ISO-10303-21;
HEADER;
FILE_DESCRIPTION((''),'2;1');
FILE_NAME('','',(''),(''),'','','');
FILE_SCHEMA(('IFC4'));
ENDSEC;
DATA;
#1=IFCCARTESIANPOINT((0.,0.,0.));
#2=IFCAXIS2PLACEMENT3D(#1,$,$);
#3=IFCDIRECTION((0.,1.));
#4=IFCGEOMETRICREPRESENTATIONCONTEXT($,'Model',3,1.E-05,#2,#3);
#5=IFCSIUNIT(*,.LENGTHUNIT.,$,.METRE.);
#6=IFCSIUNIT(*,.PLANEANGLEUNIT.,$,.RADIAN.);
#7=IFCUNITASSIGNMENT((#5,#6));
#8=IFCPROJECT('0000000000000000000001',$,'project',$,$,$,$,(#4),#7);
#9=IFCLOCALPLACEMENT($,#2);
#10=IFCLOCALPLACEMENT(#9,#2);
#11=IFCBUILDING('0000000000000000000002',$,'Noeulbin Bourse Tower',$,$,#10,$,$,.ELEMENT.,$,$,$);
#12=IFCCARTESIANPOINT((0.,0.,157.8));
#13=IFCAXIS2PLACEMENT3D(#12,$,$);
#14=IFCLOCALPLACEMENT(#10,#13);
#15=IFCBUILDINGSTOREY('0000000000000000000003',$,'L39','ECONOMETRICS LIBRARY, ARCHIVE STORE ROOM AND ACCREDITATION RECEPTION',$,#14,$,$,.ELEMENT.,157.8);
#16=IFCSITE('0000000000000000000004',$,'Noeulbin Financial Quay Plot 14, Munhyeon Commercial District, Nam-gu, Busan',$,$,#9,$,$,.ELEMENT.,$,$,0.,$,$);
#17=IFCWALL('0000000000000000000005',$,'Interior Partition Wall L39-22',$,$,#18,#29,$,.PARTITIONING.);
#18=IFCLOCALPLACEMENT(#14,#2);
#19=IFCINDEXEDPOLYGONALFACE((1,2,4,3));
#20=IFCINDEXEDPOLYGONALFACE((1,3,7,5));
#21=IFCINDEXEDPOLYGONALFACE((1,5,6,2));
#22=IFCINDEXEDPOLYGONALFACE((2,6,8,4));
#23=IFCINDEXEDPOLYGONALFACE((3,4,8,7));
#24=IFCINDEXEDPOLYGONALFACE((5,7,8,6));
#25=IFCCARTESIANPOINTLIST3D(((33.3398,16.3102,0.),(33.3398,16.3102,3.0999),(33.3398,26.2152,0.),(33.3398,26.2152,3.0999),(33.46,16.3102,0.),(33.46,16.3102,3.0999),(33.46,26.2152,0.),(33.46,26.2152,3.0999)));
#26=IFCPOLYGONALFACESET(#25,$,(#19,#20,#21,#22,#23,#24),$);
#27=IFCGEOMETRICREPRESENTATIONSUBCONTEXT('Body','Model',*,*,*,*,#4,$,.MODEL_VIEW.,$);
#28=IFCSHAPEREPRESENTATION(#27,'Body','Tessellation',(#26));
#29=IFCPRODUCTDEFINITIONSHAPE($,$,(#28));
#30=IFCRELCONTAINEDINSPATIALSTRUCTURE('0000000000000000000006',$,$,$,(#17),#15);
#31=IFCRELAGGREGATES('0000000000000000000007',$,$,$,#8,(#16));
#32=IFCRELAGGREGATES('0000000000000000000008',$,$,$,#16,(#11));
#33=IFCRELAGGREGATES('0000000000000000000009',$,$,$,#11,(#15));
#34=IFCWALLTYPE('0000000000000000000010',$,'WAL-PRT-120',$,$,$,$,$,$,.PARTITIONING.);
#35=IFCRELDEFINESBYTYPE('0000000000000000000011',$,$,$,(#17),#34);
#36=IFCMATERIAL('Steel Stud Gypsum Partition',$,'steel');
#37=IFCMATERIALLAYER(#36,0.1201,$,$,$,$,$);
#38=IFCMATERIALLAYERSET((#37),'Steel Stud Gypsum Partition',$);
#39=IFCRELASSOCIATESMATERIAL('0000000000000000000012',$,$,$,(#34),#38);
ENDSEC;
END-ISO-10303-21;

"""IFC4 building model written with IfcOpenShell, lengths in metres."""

from ifc_helpers import new_model, si_unit, direction, frame, frame_2d, origin, place, context, subcontext, project, spatial, rectangle, extrude, material, layer, layer_set, type_object, element, save


model = new_model("IFC4")

# Units and contexts
model_context = context("Model", 3, precision=1e-05, world=origin(), true_north=direction((0.0, 1.0)))
body_context = subcontext(model_context, "Body", "Model", "MODEL_VIEW")
ifc_project = project(units=[si_unit("LENGTHUNIT", "METRE"), si_unit("PLANEANGLEUNIT", "RADIAN")], contexts=[model_context])

# Site, building, storey
site_placement = place(None, origin())
site = spatial("IfcSite", under=ifc_project, at=site_placement, Name="Noeulbin Financial Quay Plot 14, Munhyeon Commercial District, Nam-gu, Busan", CompositionType="ELEMENT", RefElevation=0.0)
building_placement = place(site_placement, origin())
building = spatial("IfcBuilding", under=site, at=building_placement, Name="Noeulbin Bourse Tower", CompositionType="ELEMENT")
storey_placement = place(building_placement, frame((0.0, 0.0, 157.8)))
storey = spatial("IfcBuildingStorey", under=building, at=storey_placement, Name="L39", Description="ECONOMETRICS LIBRARY, ARCHIVE STORE ROOM AND ACCREDITATION RECEPTION", CompositionType="ELEMENT", Elevation=157.8)

# Wall
ifc_material_1 = material(Name="Steel Stud Gypsum Partition", Category="steel")
ifc_layer_1 = layer(ifc_material_1, 0.1201)
ifc_layer_set_1 = layer_set([ifc_layer_1], Name="Steel Stud Gypsum Partition")
wall_type = type_object("IfcWallType", Name="WAL-PRT-120", PredefinedType="PARTITIONING", material=ifc_layer_set_1)
wall_placement = place(storey_placement, frame((33.3999, 16.3101, 0.0), z_axis=(0.0, 0.0, 1.0), x_axis=(0.0, 1.0, 0.0)))
element("IfcWall", 1, at=wall_placement, inside=storey, type_object=wall_type, Name="Interior Partition Wall L39-22", PredefinedType="PARTITIONING", context=body_context, shape_type="SweptSolid", body=[
    extrude(rectangle(XDim=9.905, YDim=0.1201, at=frame_2d((4.9526, 0.0))), origin(), (0.0, 0.0, 1.0), 3.0999),
])

save(model, "model.ifc")
